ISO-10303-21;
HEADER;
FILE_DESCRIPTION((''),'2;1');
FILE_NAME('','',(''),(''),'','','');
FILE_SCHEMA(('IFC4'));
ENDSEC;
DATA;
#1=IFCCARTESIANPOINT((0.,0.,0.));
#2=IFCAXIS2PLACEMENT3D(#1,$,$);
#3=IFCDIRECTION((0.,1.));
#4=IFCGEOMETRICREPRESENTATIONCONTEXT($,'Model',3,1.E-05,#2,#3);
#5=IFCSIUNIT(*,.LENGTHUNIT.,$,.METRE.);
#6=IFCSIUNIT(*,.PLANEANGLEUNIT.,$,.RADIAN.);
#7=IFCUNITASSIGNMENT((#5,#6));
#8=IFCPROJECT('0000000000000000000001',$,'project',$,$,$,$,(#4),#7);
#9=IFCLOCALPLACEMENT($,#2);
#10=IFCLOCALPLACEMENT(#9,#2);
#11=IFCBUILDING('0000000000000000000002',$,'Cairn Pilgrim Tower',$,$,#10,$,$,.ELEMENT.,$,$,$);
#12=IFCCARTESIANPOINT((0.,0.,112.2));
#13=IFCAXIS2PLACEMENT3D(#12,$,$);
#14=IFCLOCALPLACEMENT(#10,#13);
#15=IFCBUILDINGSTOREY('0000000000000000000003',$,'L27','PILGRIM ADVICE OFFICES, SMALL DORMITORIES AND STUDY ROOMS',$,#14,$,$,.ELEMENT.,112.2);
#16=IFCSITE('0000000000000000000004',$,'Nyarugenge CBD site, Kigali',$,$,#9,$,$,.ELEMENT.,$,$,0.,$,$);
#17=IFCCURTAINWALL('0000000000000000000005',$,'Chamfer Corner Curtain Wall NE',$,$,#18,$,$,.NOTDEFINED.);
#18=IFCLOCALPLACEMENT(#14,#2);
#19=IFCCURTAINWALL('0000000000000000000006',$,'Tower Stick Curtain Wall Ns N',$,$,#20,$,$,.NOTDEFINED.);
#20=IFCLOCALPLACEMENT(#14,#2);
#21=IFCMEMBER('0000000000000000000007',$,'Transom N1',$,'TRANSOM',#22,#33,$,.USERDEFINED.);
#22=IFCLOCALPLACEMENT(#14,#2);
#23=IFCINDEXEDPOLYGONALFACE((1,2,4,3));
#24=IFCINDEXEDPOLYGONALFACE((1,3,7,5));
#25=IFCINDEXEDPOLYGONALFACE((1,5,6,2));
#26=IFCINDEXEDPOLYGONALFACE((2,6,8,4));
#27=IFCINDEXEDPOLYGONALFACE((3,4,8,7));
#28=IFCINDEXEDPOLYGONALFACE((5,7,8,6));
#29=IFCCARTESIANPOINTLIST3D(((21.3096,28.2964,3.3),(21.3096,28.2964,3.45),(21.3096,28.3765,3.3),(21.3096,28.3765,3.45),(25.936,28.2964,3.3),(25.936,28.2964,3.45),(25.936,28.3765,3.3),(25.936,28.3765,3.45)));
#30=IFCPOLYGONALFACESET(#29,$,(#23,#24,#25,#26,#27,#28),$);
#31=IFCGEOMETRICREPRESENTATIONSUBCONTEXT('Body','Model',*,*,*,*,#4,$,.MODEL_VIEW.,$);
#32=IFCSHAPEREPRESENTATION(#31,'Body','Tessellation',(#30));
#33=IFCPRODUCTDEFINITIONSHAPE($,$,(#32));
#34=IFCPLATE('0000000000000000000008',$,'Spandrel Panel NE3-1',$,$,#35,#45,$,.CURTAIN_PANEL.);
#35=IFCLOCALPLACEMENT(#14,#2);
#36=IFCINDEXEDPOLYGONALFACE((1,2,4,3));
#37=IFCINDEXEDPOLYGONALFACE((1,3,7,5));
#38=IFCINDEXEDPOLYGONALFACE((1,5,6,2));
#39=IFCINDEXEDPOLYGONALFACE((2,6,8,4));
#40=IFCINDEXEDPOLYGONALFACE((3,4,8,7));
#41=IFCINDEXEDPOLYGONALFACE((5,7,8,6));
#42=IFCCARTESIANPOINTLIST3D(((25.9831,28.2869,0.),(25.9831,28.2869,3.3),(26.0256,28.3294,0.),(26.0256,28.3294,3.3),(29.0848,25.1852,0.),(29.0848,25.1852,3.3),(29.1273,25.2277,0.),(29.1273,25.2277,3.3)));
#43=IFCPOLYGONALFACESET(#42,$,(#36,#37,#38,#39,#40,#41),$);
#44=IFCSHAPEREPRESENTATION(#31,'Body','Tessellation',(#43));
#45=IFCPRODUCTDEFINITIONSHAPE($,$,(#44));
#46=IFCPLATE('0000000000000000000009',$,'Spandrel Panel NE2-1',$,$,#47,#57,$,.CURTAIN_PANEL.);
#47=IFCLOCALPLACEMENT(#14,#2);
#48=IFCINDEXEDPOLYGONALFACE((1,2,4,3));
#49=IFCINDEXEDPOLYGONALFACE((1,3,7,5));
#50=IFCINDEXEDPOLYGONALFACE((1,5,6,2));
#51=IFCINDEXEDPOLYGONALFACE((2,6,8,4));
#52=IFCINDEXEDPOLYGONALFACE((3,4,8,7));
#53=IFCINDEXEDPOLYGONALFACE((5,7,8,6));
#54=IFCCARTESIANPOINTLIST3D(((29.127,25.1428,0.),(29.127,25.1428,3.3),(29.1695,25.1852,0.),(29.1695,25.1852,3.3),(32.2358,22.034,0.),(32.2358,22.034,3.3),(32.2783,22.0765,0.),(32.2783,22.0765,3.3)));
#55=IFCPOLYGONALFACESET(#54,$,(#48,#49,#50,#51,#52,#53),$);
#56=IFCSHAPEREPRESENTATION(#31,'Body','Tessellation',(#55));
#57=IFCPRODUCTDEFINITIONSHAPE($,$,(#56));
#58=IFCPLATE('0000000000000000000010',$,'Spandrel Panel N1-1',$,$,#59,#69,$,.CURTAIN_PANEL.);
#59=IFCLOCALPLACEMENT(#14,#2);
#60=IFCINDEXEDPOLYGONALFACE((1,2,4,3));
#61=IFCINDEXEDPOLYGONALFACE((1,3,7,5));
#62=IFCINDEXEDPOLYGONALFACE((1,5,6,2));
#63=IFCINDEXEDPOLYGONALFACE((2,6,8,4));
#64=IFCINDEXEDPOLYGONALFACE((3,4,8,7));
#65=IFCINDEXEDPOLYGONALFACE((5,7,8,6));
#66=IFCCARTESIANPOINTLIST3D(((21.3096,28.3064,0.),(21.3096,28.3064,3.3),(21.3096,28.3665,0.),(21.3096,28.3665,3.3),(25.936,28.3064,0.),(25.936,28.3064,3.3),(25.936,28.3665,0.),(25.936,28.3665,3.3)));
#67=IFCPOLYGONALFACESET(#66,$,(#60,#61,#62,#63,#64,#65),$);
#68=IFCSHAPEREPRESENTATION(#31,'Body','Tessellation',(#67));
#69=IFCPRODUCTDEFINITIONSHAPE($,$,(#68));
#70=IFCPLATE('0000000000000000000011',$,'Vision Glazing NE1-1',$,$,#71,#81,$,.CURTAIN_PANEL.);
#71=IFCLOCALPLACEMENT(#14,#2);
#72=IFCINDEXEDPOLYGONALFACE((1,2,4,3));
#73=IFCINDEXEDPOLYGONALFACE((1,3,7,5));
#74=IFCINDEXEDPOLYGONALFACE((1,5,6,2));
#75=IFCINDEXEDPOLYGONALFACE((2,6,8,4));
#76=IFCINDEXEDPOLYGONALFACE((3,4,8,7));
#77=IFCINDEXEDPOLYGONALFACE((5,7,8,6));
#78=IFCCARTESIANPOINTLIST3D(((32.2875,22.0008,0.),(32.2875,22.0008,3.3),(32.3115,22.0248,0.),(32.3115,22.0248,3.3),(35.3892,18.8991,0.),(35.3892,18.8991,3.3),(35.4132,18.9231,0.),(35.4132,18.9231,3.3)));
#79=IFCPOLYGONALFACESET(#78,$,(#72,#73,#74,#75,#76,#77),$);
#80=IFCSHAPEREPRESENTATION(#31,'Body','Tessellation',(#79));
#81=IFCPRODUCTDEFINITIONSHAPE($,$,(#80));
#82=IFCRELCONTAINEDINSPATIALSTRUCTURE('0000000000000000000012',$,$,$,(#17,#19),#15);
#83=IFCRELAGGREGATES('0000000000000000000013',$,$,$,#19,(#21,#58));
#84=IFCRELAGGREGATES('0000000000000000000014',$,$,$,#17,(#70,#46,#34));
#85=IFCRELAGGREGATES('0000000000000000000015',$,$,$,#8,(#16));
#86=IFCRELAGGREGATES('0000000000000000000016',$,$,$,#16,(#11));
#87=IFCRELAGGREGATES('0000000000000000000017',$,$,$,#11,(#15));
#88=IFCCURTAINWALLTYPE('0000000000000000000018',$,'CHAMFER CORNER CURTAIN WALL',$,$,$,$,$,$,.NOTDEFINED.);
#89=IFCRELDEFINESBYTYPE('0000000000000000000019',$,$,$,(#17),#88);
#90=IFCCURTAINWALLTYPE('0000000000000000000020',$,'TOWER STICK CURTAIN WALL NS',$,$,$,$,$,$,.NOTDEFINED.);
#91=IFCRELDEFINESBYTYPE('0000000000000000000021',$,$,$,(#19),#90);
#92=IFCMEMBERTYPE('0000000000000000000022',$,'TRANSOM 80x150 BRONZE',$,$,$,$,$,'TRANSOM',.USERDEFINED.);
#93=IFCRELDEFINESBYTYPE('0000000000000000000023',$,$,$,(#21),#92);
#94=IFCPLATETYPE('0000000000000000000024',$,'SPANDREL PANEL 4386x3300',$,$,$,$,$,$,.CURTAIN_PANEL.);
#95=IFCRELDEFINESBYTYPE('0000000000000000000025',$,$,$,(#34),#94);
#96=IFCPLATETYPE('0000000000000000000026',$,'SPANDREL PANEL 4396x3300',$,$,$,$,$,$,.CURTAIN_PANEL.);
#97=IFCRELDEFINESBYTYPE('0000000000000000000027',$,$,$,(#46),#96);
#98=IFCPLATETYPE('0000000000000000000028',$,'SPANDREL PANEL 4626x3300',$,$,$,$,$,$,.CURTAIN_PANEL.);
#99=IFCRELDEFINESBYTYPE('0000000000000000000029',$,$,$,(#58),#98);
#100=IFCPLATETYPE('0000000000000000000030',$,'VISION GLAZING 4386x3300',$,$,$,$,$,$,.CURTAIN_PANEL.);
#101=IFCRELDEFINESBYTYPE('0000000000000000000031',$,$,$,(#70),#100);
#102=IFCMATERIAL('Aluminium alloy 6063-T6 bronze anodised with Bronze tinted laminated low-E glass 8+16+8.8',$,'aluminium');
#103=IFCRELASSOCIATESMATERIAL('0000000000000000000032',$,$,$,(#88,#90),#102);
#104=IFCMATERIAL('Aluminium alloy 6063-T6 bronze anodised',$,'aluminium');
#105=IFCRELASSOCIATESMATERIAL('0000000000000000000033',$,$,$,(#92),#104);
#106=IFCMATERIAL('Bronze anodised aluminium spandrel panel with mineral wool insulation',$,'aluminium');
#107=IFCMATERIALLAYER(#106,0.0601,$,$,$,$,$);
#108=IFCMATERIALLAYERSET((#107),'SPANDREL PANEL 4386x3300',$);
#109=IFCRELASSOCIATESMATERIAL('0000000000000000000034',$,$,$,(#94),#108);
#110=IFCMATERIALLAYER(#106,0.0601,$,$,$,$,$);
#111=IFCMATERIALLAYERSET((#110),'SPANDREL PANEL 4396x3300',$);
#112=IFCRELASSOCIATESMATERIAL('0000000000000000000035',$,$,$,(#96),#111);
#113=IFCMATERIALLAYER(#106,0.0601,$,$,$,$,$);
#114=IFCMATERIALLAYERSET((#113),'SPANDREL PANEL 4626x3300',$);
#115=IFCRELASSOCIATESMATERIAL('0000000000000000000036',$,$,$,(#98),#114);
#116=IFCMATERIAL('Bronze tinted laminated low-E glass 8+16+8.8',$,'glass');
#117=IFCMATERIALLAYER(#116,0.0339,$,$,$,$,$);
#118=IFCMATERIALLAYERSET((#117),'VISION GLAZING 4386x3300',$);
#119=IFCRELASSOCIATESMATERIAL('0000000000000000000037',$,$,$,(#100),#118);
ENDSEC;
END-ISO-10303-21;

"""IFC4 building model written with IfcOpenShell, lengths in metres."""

from ifc_helpers import new_model, si_unit, direction, frame, origin, origin_2d, place, context, subcontext, project, spatial, rectangle, extrude, material, layer, layer_set, material_profile, profile_set, type_object, element, aggregate, save


model = new_model("IFC4")

# Units and contexts
model_context = context("Model", 3, precision=1e-05, world=origin(), true_north=direction((0.0, 1.0)))
body_context = subcontext(model_context, "Body", "Model", "MODEL_VIEW")
ifc_project = project(units=[si_unit("LENGTHUNIT", "METRE"), si_unit("PLANEANGLEUNIT", "RADIAN")], contexts=[model_context])

# Site, building, storey
site_placement = place(None, origin())
site = spatial("IfcSite", under=ifc_project, at=site_placement, Name="Nyarugenge CBD site, Kigali", CompositionType="ELEMENT", RefElevation=0.0)
building_placement = place(site_placement, origin())
building = spatial("IfcBuilding", under=site, at=building_placement, Name="Cairn Pilgrim Tower", CompositionType="ELEMENT")
storey_placement = place(building_placement, frame((0.0, 0.0, 112.2)))
storey = spatial("IfcBuildingStorey", under=building, at=storey_placement, Name="L27", Description="PILGRIM ADVICE OFFICES, SMALL DORMITORIES AND STUDY ROOMS", CompositionType="ELEMENT", Elevation=112.2)

# Curtain walls
ifc_material_1 = material(Name="Aluminium alloy 6063-T6 bronze anodised with Bronze tinted laminated low-E glass 8+16+8.8", Category="aluminium")
curtain_wall_type_1 = type_object("IfcCurtainWallType", Name="CHAMFER CORNER CURTAIN WALL", PredefinedType="NOTDEFINED", material=ifc_material_1)
curtain_wall_1_placement = place(storey_placement, origin())
curtain_wall_1 = element("IfcCurtainWall", 1, at=curtain_wall_1_placement, inside=storey, type_object=curtain_wall_type_1, Name="Chamfer Corner Curtain Wall NE", PredefinedType="NOTDEFINED")
ifc_material_2 = material(Name="Aluminium alloy 6063-T6 bronze anodised", Category="aluminium")
curtain_wall_type_2 = type_object("IfcCurtainWallType", Name="TOWER STICK CURTAIN WALL NS", PredefinedType="NOTDEFINED", material=ifc_material_1)
curtain_wall_2_placement = place(storey_placement, origin())
curtain_wall_2 = element("IfcCurtainWall", 2, at=curtain_wall_2_placement, inside=storey, type_object=curtain_wall_type_2, Name="Tower Stick Curtain Wall Ns N", PredefinedType="NOTDEFINED")

# Member
ifc_material_profile_1 = material_profile(ifc_material_2, rectangle(XDim=0.0801, YDim=0.1499, at=origin_2d()), Name="TRANSOM 80x150 BRONZE")
ifc_profile_set_1 = profile_set([ifc_material_profile_1], Name="Aluminium alloy 6063-T6 bronze anodised")
member_type_1 = type_object("IfcMemberType", Name="TRANSOM 80x150 BRONZE", ElementType="TRANSOM", PredefinedType="USERDEFINED", material=ifc_profile_set_1)
member_1_placement = place(storey_placement, frame((25.936, 28.3364, 3.375), z_axis=(-1.0, 0.0, 0.0), x_axis=(0.0, -1.0, 0.0)))
member_1 = element("IfcMember", 3, at=member_1_placement, type_object=member_type_1, Name="Transom N1", ObjectType="TRANSOM", PredefinedType="USERDEFINED", context=body_context, shape_type="SweptSolid", body=[
    extrude(rectangle(XDim=0.0801, YDim=0.1499, at=origin_2d()), origin(), (0.0, 0.0, 1.0), 4.6265),
])

# Plates
ifc_material_3 = material(Name="Bronze anodised aluminium spandrel panel with mineral wool insulation", Category="aluminium")
ifc_layer_1 = layer(ifc_material_3, 0.0601)
ifc_layer_set_1 = layer_set([ifc_layer_1], Name="SPANDREL PANEL 4386x3300")
plate_type_1 = type_object("IfcPlateType", Name="SPANDREL PANEL 4386x3300", PredefinedType="CURTAIN_PANEL", material=ifc_layer_set_1)
plate_1_placement = place(storey_placement, frame((27.5552, 26.7573, 0.0), z_axis=(0.0, 0.0, 1.0), x_axis=(-0.707107, 0.707107, 0.0)))
plate_1 = element("IfcPlate", 4, at=plate_1_placement, type_object=plate_type_1, Name="Spandrel Panel NE3-1", PredefinedType="CURTAIN_PANEL", context=body_context, shape_type="SweptSolid", body=[
    extrude(rectangle(XDim=4.3865, YDim=0.0601, at=origin_2d()), origin(), (0.0, 0.0, 1.0), 3.3),
])
ifc_layer_2 = layer(ifc_material_3, 0.0601)
ifc_layer_set_2 = layer_set([ifc_layer_2], Name="SPANDREL PANEL 4396x3300")
plate_type_2 = type_object("IfcPlateType", Name="SPANDREL PANEL 4396x3300", PredefinedType="CURTAIN_PANEL", material=ifc_layer_set_2)
plate_2_placement = place(storey_placement, frame((30.7026, 23.6096, 0.0), z_axis=(0.0, 0.0, 1.0), x_axis=(-0.707107, 0.707107, 0.0)))
plate_2 = element("IfcPlate", 5, at=plate_2_placement, type_object=plate_type_2, Name="Spandrel Panel NE2-1", PredefinedType="CURTAIN_PANEL", context=body_context, shape_type="SweptSolid", body=[
    extrude(rectangle(XDim=4.3965, YDim=0.0601, at=origin_2d()), origin(), (0.0, 0.0, 1.0), 3.3),
])
ifc_layer_3 = layer(ifc_material_3, 0.0601)
ifc_layer_set_3 = layer_set([ifc_layer_3], Name="SPANDREL PANEL 4626x3300")
plate_type_3 = type_object("IfcPlateType", Name="SPANDREL PANEL 4626x3300", PredefinedType="CURTAIN_PANEL", material=ifc_layer_set_3)
plate_3_placement = place(storey_placement, frame((23.6228, 28.3364, 0.0), z_axis=(0.0, 0.0, 1.0), x_axis=(-1.0, 0.0, 0.0)))
plate_3 = element("IfcPlate", 6, at=plate_3_placement, type_object=plate_type_3, Name="Spandrel Panel N1-1", PredefinedType="CURTAIN_PANEL", context=body_context, shape_type="SweptSolid", body=[
    extrude(rectangle(XDim=4.6265, YDim=0.0601, at=origin_2d()), origin(), (0.0, 0.0, 1.0), 3.3),
])
aggregate(curtain_wall_2, [member_1, plate_3])
ifc_material_4 = material(Name="Bronze tinted laminated low-E glass 8+16+8.8", Category="glass")
ifc_layer_4 = layer(ifc_material_4, 0.0339)
ifc_layer_set_4 = layer_set([ifc_layer_4], Name="VISION GLAZING 4386x3300")
plate_type_4 = type_object("IfcPlateType", Name="VISION GLAZING 4386x3300", PredefinedType="CURTAIN_PANEL", material=ifc_layer_set_4)
plate_4_placement = place(storey_placement, frame((33.8503, 20.4619, 0.0), z_axis=(0.0, 0.0, 1.0), x_axis=(-0.707107, 0.707107, 0.0)))
plate_4 = element("IfcPlate", 7, at=plate_4_placement, type_object=plate_type_4, Name="Vision Glazing NE1-1", PredefinedType="CURTAIN_PANEL", context=body_context, shape_type="SweptSolid", body=[
    extrude(rectangle(XDim=4.3865, YDim=0.0339, at=origin_2d()), origin(), (0.0, 0.0, 1.0), 3.3),
])
aggregate(curtain_wall_1, [plate_4, plate_2, plate_1])

save(model, "model.ifc")
